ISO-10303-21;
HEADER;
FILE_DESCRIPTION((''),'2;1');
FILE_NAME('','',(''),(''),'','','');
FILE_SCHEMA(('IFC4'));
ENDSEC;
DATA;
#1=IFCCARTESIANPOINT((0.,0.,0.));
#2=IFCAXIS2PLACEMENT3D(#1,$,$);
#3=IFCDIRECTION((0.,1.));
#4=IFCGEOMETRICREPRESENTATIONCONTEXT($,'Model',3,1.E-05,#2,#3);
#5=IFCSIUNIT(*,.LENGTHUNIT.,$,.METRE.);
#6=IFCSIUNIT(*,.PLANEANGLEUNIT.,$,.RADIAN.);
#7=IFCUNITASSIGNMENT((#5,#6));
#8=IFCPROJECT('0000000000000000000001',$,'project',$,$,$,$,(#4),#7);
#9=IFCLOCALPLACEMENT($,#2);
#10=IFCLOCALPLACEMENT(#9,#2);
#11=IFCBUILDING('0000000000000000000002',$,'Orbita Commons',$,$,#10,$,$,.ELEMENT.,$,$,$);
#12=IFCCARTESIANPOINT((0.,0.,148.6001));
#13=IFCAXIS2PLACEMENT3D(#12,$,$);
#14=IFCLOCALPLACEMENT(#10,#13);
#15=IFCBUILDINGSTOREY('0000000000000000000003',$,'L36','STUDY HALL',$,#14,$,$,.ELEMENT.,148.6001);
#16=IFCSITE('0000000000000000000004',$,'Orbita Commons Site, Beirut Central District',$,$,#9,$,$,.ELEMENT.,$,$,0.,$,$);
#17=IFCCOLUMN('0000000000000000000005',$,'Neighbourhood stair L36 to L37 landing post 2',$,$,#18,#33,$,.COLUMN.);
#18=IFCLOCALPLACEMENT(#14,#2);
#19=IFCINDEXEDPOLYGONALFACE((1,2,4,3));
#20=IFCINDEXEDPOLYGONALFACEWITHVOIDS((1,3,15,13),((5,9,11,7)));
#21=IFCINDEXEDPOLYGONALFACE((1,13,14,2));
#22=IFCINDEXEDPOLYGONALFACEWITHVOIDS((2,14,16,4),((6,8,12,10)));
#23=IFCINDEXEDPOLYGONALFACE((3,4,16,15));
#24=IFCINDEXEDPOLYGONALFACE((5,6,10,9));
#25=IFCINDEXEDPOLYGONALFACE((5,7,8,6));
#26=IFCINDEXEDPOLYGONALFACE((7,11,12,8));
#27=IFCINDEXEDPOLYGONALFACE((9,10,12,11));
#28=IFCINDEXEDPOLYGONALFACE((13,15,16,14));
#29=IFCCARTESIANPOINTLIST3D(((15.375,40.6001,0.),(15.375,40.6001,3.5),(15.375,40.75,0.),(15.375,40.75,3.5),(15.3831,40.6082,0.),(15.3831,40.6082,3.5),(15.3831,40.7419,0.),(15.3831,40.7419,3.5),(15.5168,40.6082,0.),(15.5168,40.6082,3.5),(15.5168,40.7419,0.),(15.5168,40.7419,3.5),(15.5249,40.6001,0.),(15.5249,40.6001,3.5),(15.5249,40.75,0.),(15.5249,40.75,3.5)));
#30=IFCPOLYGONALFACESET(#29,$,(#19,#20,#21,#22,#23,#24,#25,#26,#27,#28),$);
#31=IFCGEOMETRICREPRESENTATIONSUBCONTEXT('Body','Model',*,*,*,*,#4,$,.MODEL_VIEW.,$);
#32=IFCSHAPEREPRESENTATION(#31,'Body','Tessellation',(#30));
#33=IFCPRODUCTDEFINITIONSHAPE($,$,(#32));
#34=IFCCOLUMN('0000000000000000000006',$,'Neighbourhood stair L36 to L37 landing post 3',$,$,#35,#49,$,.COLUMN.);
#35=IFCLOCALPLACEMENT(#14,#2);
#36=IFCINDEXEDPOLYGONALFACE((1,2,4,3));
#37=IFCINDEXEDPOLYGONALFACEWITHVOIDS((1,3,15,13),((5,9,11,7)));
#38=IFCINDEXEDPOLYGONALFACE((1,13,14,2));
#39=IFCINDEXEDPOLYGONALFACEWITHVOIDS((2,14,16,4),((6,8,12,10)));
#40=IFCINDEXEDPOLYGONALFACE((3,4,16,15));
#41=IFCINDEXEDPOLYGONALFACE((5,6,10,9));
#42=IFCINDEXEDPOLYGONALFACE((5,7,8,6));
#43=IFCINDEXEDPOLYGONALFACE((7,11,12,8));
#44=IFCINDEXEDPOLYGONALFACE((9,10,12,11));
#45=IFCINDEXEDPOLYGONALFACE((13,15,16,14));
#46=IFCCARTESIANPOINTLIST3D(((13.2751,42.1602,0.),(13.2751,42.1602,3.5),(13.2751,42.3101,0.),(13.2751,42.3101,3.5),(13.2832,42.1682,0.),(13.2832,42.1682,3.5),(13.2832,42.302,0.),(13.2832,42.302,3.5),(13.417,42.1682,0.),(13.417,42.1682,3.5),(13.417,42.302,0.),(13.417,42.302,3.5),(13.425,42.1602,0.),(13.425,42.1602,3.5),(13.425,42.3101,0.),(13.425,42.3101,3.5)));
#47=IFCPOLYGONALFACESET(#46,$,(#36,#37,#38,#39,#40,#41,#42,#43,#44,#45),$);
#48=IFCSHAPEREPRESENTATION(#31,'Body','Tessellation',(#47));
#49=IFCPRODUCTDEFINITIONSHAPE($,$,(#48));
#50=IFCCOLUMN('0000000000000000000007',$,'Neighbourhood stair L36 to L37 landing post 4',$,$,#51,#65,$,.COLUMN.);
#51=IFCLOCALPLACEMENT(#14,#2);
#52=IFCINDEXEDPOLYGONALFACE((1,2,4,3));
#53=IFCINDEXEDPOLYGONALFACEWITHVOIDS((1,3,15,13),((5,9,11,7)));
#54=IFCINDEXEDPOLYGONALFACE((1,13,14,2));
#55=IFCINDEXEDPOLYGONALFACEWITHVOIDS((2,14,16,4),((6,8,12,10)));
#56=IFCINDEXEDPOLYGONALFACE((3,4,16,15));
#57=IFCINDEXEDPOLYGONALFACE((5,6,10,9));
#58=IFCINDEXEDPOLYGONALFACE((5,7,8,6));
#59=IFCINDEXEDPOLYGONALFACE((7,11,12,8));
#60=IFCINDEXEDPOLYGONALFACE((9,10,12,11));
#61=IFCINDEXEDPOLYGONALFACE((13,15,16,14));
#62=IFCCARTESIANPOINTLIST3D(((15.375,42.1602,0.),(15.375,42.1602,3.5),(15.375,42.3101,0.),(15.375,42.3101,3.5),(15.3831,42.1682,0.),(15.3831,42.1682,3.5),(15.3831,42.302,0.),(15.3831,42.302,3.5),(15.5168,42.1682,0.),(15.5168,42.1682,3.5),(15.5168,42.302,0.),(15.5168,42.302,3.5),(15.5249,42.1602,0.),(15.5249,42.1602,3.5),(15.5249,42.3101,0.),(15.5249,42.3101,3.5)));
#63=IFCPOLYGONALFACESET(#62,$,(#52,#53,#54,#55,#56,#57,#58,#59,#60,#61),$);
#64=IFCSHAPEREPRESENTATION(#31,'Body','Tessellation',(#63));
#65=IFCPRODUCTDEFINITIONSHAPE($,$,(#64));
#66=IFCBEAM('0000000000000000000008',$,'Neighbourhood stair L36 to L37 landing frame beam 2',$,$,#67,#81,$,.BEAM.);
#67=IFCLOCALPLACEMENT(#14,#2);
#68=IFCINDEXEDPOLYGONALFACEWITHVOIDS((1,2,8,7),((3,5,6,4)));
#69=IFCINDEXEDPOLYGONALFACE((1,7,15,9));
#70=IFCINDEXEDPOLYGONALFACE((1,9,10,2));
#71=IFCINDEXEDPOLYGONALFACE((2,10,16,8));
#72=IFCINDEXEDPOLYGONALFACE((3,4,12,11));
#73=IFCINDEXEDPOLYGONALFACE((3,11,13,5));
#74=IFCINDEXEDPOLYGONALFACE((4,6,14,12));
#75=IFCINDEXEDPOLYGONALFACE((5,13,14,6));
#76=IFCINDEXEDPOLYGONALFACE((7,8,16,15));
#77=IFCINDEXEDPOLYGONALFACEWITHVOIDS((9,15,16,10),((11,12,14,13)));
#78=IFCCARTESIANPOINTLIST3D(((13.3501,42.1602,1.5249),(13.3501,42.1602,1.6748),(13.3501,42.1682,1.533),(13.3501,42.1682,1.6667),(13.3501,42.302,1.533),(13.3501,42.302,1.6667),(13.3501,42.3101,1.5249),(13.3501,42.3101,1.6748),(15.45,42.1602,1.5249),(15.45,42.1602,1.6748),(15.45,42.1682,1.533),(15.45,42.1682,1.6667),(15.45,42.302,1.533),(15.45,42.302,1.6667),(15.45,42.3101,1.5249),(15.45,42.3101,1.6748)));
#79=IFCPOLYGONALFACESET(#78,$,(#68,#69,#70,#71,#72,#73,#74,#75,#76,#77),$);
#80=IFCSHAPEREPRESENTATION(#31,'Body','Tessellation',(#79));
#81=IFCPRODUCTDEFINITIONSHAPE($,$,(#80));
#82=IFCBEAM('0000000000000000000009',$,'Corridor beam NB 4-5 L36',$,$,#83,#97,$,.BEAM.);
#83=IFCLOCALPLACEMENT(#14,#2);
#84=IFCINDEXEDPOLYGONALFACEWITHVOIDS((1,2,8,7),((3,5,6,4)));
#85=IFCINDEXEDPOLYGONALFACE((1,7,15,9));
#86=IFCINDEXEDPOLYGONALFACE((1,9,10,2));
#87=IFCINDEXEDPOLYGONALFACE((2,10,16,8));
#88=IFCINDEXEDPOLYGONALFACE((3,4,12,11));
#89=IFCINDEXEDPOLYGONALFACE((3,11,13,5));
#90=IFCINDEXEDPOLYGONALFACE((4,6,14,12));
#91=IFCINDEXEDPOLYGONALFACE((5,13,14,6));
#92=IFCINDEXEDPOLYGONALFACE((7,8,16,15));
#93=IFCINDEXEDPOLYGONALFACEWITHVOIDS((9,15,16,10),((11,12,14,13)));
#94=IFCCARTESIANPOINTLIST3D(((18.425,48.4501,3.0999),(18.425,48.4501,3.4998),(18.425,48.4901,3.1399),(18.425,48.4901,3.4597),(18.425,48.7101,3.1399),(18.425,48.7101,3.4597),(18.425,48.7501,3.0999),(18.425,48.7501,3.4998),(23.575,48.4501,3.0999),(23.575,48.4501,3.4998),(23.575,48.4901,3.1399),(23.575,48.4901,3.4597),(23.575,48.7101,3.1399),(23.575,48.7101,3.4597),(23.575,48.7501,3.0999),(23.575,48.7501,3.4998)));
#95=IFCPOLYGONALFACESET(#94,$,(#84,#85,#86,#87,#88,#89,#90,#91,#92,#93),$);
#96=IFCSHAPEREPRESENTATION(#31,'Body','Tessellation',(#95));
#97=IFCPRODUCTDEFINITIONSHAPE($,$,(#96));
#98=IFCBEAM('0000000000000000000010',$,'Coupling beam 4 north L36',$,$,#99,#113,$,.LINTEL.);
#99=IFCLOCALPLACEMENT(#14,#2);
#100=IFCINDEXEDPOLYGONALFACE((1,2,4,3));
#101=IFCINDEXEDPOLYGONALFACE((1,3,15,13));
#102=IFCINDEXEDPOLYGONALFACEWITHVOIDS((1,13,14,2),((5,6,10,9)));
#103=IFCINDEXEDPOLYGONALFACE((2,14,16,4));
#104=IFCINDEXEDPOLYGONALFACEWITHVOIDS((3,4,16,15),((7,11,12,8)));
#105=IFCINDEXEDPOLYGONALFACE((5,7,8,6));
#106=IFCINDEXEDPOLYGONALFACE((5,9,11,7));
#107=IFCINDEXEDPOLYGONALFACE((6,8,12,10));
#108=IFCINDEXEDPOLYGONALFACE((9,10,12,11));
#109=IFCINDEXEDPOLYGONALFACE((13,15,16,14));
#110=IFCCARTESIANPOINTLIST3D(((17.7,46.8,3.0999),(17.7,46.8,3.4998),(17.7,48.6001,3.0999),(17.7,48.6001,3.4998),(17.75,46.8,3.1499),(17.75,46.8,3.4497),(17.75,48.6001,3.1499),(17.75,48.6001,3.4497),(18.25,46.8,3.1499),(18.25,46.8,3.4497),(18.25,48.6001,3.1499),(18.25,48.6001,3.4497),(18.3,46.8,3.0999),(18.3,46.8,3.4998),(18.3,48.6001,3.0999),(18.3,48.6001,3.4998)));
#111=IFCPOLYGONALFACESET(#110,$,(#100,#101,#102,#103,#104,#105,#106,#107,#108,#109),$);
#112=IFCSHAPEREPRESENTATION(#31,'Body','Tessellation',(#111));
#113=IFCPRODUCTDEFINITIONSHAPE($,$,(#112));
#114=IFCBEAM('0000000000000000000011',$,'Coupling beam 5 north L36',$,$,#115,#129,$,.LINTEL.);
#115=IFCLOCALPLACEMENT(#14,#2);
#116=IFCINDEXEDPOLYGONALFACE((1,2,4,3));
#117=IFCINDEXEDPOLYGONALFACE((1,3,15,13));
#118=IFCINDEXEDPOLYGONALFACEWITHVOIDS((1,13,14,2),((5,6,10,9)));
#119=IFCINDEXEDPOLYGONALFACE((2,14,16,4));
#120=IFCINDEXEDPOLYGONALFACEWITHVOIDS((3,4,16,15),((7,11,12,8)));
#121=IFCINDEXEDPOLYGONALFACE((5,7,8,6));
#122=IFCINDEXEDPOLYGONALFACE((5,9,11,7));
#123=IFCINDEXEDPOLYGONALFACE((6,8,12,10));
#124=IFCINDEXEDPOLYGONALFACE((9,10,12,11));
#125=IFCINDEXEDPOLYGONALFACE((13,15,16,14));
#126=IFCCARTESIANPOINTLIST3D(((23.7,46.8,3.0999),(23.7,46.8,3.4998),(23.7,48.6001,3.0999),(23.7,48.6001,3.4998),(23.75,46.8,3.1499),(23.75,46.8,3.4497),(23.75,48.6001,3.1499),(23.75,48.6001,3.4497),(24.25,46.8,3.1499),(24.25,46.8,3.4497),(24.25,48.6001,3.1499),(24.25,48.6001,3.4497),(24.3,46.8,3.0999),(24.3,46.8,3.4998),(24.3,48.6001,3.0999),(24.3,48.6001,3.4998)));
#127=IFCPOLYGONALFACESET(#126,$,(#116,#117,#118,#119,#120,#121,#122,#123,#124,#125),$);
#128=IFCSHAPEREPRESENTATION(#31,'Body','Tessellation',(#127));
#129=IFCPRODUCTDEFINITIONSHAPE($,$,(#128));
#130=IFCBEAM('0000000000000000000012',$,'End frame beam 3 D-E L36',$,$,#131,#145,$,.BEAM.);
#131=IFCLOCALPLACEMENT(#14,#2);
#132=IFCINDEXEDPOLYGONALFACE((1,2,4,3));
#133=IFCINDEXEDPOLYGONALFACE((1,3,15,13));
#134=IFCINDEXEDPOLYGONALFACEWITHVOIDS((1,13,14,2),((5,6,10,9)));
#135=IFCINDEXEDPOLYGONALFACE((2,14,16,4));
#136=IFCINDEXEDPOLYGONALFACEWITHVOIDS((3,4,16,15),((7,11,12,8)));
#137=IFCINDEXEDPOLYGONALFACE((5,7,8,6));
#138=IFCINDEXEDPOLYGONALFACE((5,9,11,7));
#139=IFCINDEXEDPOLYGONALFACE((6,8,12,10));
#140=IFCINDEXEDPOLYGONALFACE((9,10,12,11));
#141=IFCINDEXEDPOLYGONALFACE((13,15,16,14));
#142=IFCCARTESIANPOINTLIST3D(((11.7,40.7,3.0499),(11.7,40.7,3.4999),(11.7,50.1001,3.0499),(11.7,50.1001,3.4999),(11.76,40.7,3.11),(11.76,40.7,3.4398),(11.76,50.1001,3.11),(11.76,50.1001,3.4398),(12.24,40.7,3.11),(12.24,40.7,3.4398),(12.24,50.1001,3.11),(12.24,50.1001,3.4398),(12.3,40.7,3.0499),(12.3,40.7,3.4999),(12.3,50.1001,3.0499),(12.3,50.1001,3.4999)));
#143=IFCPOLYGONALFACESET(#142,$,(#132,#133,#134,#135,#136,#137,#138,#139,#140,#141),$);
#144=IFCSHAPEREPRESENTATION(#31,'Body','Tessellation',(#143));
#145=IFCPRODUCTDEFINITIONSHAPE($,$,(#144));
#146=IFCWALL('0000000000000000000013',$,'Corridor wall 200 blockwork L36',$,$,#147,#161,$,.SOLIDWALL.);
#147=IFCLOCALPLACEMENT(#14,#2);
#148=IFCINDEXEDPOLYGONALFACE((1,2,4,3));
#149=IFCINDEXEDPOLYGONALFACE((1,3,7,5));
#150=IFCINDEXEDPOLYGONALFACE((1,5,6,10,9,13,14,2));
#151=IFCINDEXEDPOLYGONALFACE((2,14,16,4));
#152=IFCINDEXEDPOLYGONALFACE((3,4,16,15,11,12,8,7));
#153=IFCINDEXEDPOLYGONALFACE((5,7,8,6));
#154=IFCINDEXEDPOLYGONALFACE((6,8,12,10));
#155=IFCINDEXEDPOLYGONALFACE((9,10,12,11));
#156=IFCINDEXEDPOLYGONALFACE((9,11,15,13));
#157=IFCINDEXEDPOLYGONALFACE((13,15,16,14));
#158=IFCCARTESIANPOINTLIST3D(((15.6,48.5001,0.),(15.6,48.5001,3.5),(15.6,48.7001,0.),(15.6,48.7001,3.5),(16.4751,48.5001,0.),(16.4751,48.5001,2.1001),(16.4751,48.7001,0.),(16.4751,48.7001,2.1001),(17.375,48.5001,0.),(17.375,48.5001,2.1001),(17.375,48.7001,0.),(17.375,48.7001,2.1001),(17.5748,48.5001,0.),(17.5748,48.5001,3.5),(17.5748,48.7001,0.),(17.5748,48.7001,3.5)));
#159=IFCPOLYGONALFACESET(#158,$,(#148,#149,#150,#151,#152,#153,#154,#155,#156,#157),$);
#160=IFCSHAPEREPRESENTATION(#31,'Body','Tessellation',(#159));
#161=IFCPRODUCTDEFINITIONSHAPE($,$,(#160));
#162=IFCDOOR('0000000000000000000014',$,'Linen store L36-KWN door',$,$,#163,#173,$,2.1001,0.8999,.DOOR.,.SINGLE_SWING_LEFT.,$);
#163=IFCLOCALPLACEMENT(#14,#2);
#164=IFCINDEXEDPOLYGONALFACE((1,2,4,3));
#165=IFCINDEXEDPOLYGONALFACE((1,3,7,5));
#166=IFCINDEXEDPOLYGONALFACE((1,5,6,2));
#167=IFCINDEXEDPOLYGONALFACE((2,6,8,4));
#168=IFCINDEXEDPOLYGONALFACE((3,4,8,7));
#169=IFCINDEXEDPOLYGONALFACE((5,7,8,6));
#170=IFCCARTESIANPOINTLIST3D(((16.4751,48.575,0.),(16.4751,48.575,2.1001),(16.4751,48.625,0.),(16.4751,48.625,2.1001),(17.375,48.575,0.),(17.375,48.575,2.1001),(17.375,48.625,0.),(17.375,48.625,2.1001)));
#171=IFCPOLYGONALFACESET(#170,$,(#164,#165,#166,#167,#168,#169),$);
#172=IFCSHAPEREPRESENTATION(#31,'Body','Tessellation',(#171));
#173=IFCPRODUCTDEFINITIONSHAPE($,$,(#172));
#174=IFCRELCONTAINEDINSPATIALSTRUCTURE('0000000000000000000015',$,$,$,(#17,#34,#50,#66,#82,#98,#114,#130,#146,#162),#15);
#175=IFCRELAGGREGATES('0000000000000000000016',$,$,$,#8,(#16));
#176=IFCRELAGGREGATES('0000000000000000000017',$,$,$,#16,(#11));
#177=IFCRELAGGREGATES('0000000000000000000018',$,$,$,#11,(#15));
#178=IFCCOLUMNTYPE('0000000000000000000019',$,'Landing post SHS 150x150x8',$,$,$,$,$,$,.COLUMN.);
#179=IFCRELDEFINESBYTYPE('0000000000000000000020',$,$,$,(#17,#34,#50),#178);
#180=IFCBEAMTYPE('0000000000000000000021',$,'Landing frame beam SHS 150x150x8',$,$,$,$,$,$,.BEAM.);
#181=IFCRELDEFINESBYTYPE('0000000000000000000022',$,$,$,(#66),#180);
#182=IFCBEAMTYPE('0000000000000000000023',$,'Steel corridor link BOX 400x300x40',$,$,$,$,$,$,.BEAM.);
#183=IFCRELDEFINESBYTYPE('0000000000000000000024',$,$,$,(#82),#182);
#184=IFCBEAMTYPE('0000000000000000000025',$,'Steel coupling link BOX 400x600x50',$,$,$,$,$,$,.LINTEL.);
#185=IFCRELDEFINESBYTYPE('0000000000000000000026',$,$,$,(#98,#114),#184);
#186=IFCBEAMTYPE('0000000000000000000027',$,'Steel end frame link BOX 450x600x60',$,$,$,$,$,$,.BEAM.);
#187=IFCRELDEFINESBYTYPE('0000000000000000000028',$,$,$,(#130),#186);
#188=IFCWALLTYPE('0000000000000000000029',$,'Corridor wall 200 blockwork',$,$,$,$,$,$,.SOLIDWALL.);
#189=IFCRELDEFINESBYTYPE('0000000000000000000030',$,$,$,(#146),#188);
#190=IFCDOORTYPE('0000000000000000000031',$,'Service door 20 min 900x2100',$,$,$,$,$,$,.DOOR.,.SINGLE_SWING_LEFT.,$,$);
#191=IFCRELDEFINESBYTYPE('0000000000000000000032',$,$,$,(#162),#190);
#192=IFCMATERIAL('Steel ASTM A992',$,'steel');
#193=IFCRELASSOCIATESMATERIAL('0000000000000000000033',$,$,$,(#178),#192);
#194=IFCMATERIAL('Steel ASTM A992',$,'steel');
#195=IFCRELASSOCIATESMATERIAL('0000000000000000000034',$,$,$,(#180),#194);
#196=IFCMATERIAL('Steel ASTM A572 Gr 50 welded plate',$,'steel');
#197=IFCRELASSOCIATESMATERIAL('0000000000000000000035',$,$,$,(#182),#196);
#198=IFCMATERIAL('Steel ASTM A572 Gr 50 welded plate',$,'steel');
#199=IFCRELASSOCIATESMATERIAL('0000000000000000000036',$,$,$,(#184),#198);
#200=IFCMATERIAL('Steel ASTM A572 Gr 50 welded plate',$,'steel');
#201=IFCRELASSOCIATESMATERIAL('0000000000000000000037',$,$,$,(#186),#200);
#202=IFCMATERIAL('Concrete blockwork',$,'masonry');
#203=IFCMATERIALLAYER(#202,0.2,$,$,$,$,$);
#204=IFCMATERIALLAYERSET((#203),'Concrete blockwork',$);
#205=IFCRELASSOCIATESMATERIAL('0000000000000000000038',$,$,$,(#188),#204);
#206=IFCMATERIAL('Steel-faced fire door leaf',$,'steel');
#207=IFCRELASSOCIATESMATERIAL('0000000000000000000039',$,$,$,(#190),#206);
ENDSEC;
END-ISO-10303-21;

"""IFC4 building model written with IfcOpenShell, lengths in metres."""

from ifc_helpers import new_model, si_unit, direction, frame, frame_2d, origin, origin_2d, place, context, subcontext, project, spatial, rectangle, hollow_rectangle, extrude, material, layer, layer_set, material_profile, profile_set, type_object, element, fill, save


model = new_model("IFC4")

# Units and contexts
model_context = context("Model", 3, precision=1e-05, world=origin(), true_north=direction((0.0, 1.0)))
body_context = subcontext(model_context, "Body", "Model", "MODEL_VIEW")
ifc_project = project(units=[si_unit("LENGTHUNIT", "METRE"), si_unit("PLANEANGLEUNIT", "RADIAN")], contexts=[model_context])

# Site, building, storey
site_placement = place(None, origin())
site = spatial("IfcSite", under=ifc_project, at=site_placement, Name="Orbita Commons Site, Beirut Central District", CompositionType="ELEMENT", RefElevation=0.0)
building_placement = place(site_placement, origin())
building = spatial("IfcBuilding", under=site, at=building_placement, Name="Orbita Commons", CompositionType="ELEMENT")
storey_placement = place(building_placement, frame((0.0, 0.0, 148.6001)))
storey = spatial("IfcBuildingStorey", under=building, at=storey_placement, Name="L36", Description="STUDY HALL", CompositionType="ELEMENT", Elevation=148.6001)

# Columns
ifc_material_1 = material(Name="Steel ASTM A992", Category="steel")
ifc_material_profile_1 = material_profile(ifc_material_1, hollow_rectangle(XDim=0.1499, YDim=0.1499, WallThickness=0.0081, at=origin_2d()), Name="SHS 150x150x8")
ifc_profile_set_1 = profile_set([ifc_material_profile_1], Name="Steel ASTM A992")
column_type = type_object("IfcColumnType", Name="Landing post SHS 150x150x8", PredefinedType="COLUMN", material=ifc_profile_set_1)
for number, where, z_axis, x_axis, name in (
    (1, (15.45, 40.675, 0.0), (0.0, 0.0, 1.0), (1.0, 0.0, 0.0), "Neighbourhood stair L36 to L37 landing post 2"),
    (2, (13.3501, 42.2351, 0.0), (0.0, 0.0, 1.0), (1.0, 0.0, 0.0), "Neighbourhood stair L36 to L37 landing post 3"),
    (3, (15.45, 42.2351, 0.0), (0.0, 0.0, 1.0), (1.0, 0.0, 0.0), "Neighbourhood stair L36 to L37 landing post 4"),
):
    element("IfcColumn", number, at=place(storey_placement, frame(where, z_axis=z_axis, x_axis=x_axis)), inside=storey, type_object=column_type, Name=name, PredefinedType="COLUMN", context=body_context, shape_type="SweptSolid", body=[
        extrude(hollow_rectangle(XDim=0.1499, YDim=0.1499, WallThickness=0.0081, at=origin_2d()), origin(), (0.0, 0.0, 1.0), 3.5),
    ])

# Beams
ifc_material_2 = material(Name="Steel ASTM A992", Category="steel")
ifc_material_profile_2 = material_profile(ifc_material_2, hollow_rectangle(XDim=0.1499, YDim=0.1499, WallThickness=0.0081, at=origin_2d()), Name="SHS 150x150x8")
ifc_profile_set_2 = profile_set([ifc_material_profile_2], Name="Steel ASTM A992")
beam_type_1 = type_object("IfcBeamType", Name="Landing frame beam SHS 150x150x8", PredefinedType="BEAM", material=ifc_profile_set_2)
beam_1_placement = place(storey_placement, frame((13.3501, 42.2351, 1.5999), z_axis=(1.0, 0.0, 0.0), x_axis=(0.0, 1.0, 0.0)))
element("IfcBeam", 4, at=beam_1_placement, inside=storey, type_object=beam_type_1, Name="Neighbourhood stair L36 to L37 landing frame beam 2", PredefinedType="BEAM", context=body_context, shape_type="SweptSolid", body=[
    extrude(hollow_rectangle(XDim=0.1499, YDim=0.1499, WallThickness=0.0081, at=origin_2d()), origin(), (0.0, 0.0, 1.0), 2.0999),
])
ifc_material_3 = material(Name="Steel ASTM A572 Gr 50 welded plate", Category="steel")
ifc_material_profile_3 = material_profile(ifc_material_3, hollow_rectangle(XDim=0.3, YDim=0.3999, WallThickness=0.04, at=origin_2d()), Name="BOX 400x300x40")
ifc_profile_set_3 = profile_set([ifc_material_profile_3], Name="Steel ASTM A572 Gr 50 welded plate")
beam_type_2 = type_object("IfcBeamType", Name="Steel corridor link BOX 400x300x40", PredefinedType="BEAM", material=ifc_profile_set_3)
beam_2_placement = place(storey_placement, frame((18.425, 48.6001, 3.2998), z_axis=(1.0, 0.0, 0.0), x_axis=(0.0, 1.0, 0.0)))
element("IfcBeam", 5, at=beam_2_placement, inside=storey, type_object=beam_type_2, Name="Corridor beam NB 4-5 L36", PredefinedType="BEAM", context=body_context, shape_type="SweptSolid", body=[
    extrude(hollow_rectangle(XDim=0.3, YDim=0.3999, WallThickness=0.04, at=origin_2d()), origin(), (0.0, 0.0, 1.0), 5.1499),
])
ifc_material_4 = material(Name="Steel ASTM A572 Gr 50 welded plate", Category="steel")
ifc_material_profile_4 = material_profile(ifc_material_4, hollow_rectangle(XDim=0.6001, YDim=0.3999, WallThickness=0.05, at=origin_2d()), Name="BOX 400x600x50")
ifc_profile_set_4 = profile_set([ifc_material_profile_4], Name="Steel ASTM A572 Gr 50 welded plate")
beam_type_3 = type_object("IfcBeamType", Name="Steel coupling link BOX 400x600x50", PredefinedType="LINTEL", material=ifc_profile_set_4)
for number, where, z_axis, x_axis, name in (
    (6, (18.0, 46.8, 3.2998), (0.0, 1.0, 0.0), (-1.0, 0.0, 0.0), "Coupling beam 4 north L36"),
    (7, (24.0, 46.8, 3.2998), (0.0, 1.0, 0.0), (-1.0, 0.0, 0.0), "Coupling beam 5 north L36"),
):
    element("IfcBeam", number, at=place(storey_placement, frame(where, z_axis=z_axis, x_axis=x_axis)), inside=storey, type_object=beam_type_3, Name=name, PredefinedType="LINTEL", context=body_context, shape_type="SweptSolid", body=[
        extrude(hollow_rectangle(XDim=0.6001, YDim=0.3999, WallThickness=0.05, at=origin_2d()), origin(), (0.0, 0.0, 1.0), 1.8),
    ])
ifc_material_5 = material(Name="Steel ASTM A572 Gr 50 welded plate", Category="steel")
ifc_material_profile_5 = material_profile(ifc_material_5, hollow_rectangle(XDim=0.6001, YDim=0.45, WallThickness=0.0601, at=origin_2d()), Name="BOX 450x600x60")
ifc_profile_set_5 = profile_set([ifc_material_profile_5], Name="Steel ASTM A572 Gr 50 welded plate")
beam_type_4 = type_object("IfcBeamType", Name="Steel end frame link BOX 450x600x60", PredefinedType="BEAM", material=ifc_profile_set_5)
beam_3_placement = place(storey_placement, frame((12.0, 40.7, 3.2749), z_axis=(0.0, 1.0, 0.0), x_axis=(-1.0, 0.0, 0.0)))
element("IfcBeam", 8, at=beam_3_placement, inside=storey, type_object=beam_type_4, Name="End frame beam 3 D-E L36", PredefinedType="BEAM", context=body_context, shape_type="SweptSolid", body=[
    extrude(hollow_rectangle(XDim=0.6001, YDim=0.45, WallThickness=0.0601, at=origin_2d()), origin(), (0.0, 0.0, 1.0), 9.4001),
])

# Wall, opening, door
ifc_material_6 = material(Name="Concrete blockwork", Category="masonry")
ifc_layer_1 = layer(ifc_material_6, 0.2)
ifc_layer_set_1 = layer_set([ifc_layer_1], Name="Concrete blockwork")
wall_type_1 = type_object("IfcWallType", Name="Corridor wall 200 blockwork", PredefinedType="SOLIDWALL", material=ifc_layer_set_1)
wall_1_placement = place(storey_placement, frame((15.6001, 48.6001, 0.0), z_axis=(0.0, 0.0, 1.0), x_axis=(1.0, 0.0, 0.0)))
wall_1 = element("IfcWall", 9, at=wall_1_placement, inside=storey, type_object=wall_type_1, Name="Corridor wall 200 blockwork L36", PredefinedType="SOLIDWALL", context=body_context, shape_type="SweptSolid", body=[
    extrude(rectangle(XDim=1.9749, YDim=0.2, at=frame_2d((0.9873, 0.0))), origin(), (0.0, 0.0, 1.0), 3.5),
])
opening_1_placement = place(wall_1_placement, frame((0.875, 0.0, 0.0)))
opening_1 = element("IfcOpeningElement", 10, at=opening_1_placement, cuts=wall_1, PredefinedType="OPENING", context=body_context, shape_type="SweptSolid", body=[
    extrude(rectangle(XDim=0.8999, YDim=2.1001, at=frame_2d((0.45, 1.05))), frame((0.0, 0.1099, 0.0), z_axis=(0.0, -1.0, 0.0), x_axis=(1.0, 0.0, 0.0)), (0.0, 0.0, 1.0), 0.22),
])
ifc_material_7 = material(Name="Steel-faced fire door leaf", Category="steel")
door_type_1 = type_object("IfcDoorType", Name="Service door 20 min 900x2100", OperationType="SINGLE_SWING_LEFT", PredefinedType="DOOR", material=ifc_material_7)
door_1_placement = place(opening_1_placement, origin())
door_1 = element("IfcDoor", 11, at=door_1_placement, inside=storey, type_object=door_type_1, Name="Linen store L36-KWN door", OperationType="SINGLE_SWING_LEFT", OverallHeight=2.1001, OverallWidth=0.8999, PredefinedType="DOOR", context=body_context, shape_type="SweptSolid", body=[
    extrude(rectangle(XDim=0.8999, YDim=2.1001, at=frame_2d((0.45, 1.05))), frame((0.0, 0.0249, 0.0), z_axis=(0.0, -1.0, 0.0), x_axis=(1.0, 0.0, 0.0)), (0.0, 0.0, 1.0), 0.05),
])
fill(opening_1, door_1)

save(model, "model.ifc")
